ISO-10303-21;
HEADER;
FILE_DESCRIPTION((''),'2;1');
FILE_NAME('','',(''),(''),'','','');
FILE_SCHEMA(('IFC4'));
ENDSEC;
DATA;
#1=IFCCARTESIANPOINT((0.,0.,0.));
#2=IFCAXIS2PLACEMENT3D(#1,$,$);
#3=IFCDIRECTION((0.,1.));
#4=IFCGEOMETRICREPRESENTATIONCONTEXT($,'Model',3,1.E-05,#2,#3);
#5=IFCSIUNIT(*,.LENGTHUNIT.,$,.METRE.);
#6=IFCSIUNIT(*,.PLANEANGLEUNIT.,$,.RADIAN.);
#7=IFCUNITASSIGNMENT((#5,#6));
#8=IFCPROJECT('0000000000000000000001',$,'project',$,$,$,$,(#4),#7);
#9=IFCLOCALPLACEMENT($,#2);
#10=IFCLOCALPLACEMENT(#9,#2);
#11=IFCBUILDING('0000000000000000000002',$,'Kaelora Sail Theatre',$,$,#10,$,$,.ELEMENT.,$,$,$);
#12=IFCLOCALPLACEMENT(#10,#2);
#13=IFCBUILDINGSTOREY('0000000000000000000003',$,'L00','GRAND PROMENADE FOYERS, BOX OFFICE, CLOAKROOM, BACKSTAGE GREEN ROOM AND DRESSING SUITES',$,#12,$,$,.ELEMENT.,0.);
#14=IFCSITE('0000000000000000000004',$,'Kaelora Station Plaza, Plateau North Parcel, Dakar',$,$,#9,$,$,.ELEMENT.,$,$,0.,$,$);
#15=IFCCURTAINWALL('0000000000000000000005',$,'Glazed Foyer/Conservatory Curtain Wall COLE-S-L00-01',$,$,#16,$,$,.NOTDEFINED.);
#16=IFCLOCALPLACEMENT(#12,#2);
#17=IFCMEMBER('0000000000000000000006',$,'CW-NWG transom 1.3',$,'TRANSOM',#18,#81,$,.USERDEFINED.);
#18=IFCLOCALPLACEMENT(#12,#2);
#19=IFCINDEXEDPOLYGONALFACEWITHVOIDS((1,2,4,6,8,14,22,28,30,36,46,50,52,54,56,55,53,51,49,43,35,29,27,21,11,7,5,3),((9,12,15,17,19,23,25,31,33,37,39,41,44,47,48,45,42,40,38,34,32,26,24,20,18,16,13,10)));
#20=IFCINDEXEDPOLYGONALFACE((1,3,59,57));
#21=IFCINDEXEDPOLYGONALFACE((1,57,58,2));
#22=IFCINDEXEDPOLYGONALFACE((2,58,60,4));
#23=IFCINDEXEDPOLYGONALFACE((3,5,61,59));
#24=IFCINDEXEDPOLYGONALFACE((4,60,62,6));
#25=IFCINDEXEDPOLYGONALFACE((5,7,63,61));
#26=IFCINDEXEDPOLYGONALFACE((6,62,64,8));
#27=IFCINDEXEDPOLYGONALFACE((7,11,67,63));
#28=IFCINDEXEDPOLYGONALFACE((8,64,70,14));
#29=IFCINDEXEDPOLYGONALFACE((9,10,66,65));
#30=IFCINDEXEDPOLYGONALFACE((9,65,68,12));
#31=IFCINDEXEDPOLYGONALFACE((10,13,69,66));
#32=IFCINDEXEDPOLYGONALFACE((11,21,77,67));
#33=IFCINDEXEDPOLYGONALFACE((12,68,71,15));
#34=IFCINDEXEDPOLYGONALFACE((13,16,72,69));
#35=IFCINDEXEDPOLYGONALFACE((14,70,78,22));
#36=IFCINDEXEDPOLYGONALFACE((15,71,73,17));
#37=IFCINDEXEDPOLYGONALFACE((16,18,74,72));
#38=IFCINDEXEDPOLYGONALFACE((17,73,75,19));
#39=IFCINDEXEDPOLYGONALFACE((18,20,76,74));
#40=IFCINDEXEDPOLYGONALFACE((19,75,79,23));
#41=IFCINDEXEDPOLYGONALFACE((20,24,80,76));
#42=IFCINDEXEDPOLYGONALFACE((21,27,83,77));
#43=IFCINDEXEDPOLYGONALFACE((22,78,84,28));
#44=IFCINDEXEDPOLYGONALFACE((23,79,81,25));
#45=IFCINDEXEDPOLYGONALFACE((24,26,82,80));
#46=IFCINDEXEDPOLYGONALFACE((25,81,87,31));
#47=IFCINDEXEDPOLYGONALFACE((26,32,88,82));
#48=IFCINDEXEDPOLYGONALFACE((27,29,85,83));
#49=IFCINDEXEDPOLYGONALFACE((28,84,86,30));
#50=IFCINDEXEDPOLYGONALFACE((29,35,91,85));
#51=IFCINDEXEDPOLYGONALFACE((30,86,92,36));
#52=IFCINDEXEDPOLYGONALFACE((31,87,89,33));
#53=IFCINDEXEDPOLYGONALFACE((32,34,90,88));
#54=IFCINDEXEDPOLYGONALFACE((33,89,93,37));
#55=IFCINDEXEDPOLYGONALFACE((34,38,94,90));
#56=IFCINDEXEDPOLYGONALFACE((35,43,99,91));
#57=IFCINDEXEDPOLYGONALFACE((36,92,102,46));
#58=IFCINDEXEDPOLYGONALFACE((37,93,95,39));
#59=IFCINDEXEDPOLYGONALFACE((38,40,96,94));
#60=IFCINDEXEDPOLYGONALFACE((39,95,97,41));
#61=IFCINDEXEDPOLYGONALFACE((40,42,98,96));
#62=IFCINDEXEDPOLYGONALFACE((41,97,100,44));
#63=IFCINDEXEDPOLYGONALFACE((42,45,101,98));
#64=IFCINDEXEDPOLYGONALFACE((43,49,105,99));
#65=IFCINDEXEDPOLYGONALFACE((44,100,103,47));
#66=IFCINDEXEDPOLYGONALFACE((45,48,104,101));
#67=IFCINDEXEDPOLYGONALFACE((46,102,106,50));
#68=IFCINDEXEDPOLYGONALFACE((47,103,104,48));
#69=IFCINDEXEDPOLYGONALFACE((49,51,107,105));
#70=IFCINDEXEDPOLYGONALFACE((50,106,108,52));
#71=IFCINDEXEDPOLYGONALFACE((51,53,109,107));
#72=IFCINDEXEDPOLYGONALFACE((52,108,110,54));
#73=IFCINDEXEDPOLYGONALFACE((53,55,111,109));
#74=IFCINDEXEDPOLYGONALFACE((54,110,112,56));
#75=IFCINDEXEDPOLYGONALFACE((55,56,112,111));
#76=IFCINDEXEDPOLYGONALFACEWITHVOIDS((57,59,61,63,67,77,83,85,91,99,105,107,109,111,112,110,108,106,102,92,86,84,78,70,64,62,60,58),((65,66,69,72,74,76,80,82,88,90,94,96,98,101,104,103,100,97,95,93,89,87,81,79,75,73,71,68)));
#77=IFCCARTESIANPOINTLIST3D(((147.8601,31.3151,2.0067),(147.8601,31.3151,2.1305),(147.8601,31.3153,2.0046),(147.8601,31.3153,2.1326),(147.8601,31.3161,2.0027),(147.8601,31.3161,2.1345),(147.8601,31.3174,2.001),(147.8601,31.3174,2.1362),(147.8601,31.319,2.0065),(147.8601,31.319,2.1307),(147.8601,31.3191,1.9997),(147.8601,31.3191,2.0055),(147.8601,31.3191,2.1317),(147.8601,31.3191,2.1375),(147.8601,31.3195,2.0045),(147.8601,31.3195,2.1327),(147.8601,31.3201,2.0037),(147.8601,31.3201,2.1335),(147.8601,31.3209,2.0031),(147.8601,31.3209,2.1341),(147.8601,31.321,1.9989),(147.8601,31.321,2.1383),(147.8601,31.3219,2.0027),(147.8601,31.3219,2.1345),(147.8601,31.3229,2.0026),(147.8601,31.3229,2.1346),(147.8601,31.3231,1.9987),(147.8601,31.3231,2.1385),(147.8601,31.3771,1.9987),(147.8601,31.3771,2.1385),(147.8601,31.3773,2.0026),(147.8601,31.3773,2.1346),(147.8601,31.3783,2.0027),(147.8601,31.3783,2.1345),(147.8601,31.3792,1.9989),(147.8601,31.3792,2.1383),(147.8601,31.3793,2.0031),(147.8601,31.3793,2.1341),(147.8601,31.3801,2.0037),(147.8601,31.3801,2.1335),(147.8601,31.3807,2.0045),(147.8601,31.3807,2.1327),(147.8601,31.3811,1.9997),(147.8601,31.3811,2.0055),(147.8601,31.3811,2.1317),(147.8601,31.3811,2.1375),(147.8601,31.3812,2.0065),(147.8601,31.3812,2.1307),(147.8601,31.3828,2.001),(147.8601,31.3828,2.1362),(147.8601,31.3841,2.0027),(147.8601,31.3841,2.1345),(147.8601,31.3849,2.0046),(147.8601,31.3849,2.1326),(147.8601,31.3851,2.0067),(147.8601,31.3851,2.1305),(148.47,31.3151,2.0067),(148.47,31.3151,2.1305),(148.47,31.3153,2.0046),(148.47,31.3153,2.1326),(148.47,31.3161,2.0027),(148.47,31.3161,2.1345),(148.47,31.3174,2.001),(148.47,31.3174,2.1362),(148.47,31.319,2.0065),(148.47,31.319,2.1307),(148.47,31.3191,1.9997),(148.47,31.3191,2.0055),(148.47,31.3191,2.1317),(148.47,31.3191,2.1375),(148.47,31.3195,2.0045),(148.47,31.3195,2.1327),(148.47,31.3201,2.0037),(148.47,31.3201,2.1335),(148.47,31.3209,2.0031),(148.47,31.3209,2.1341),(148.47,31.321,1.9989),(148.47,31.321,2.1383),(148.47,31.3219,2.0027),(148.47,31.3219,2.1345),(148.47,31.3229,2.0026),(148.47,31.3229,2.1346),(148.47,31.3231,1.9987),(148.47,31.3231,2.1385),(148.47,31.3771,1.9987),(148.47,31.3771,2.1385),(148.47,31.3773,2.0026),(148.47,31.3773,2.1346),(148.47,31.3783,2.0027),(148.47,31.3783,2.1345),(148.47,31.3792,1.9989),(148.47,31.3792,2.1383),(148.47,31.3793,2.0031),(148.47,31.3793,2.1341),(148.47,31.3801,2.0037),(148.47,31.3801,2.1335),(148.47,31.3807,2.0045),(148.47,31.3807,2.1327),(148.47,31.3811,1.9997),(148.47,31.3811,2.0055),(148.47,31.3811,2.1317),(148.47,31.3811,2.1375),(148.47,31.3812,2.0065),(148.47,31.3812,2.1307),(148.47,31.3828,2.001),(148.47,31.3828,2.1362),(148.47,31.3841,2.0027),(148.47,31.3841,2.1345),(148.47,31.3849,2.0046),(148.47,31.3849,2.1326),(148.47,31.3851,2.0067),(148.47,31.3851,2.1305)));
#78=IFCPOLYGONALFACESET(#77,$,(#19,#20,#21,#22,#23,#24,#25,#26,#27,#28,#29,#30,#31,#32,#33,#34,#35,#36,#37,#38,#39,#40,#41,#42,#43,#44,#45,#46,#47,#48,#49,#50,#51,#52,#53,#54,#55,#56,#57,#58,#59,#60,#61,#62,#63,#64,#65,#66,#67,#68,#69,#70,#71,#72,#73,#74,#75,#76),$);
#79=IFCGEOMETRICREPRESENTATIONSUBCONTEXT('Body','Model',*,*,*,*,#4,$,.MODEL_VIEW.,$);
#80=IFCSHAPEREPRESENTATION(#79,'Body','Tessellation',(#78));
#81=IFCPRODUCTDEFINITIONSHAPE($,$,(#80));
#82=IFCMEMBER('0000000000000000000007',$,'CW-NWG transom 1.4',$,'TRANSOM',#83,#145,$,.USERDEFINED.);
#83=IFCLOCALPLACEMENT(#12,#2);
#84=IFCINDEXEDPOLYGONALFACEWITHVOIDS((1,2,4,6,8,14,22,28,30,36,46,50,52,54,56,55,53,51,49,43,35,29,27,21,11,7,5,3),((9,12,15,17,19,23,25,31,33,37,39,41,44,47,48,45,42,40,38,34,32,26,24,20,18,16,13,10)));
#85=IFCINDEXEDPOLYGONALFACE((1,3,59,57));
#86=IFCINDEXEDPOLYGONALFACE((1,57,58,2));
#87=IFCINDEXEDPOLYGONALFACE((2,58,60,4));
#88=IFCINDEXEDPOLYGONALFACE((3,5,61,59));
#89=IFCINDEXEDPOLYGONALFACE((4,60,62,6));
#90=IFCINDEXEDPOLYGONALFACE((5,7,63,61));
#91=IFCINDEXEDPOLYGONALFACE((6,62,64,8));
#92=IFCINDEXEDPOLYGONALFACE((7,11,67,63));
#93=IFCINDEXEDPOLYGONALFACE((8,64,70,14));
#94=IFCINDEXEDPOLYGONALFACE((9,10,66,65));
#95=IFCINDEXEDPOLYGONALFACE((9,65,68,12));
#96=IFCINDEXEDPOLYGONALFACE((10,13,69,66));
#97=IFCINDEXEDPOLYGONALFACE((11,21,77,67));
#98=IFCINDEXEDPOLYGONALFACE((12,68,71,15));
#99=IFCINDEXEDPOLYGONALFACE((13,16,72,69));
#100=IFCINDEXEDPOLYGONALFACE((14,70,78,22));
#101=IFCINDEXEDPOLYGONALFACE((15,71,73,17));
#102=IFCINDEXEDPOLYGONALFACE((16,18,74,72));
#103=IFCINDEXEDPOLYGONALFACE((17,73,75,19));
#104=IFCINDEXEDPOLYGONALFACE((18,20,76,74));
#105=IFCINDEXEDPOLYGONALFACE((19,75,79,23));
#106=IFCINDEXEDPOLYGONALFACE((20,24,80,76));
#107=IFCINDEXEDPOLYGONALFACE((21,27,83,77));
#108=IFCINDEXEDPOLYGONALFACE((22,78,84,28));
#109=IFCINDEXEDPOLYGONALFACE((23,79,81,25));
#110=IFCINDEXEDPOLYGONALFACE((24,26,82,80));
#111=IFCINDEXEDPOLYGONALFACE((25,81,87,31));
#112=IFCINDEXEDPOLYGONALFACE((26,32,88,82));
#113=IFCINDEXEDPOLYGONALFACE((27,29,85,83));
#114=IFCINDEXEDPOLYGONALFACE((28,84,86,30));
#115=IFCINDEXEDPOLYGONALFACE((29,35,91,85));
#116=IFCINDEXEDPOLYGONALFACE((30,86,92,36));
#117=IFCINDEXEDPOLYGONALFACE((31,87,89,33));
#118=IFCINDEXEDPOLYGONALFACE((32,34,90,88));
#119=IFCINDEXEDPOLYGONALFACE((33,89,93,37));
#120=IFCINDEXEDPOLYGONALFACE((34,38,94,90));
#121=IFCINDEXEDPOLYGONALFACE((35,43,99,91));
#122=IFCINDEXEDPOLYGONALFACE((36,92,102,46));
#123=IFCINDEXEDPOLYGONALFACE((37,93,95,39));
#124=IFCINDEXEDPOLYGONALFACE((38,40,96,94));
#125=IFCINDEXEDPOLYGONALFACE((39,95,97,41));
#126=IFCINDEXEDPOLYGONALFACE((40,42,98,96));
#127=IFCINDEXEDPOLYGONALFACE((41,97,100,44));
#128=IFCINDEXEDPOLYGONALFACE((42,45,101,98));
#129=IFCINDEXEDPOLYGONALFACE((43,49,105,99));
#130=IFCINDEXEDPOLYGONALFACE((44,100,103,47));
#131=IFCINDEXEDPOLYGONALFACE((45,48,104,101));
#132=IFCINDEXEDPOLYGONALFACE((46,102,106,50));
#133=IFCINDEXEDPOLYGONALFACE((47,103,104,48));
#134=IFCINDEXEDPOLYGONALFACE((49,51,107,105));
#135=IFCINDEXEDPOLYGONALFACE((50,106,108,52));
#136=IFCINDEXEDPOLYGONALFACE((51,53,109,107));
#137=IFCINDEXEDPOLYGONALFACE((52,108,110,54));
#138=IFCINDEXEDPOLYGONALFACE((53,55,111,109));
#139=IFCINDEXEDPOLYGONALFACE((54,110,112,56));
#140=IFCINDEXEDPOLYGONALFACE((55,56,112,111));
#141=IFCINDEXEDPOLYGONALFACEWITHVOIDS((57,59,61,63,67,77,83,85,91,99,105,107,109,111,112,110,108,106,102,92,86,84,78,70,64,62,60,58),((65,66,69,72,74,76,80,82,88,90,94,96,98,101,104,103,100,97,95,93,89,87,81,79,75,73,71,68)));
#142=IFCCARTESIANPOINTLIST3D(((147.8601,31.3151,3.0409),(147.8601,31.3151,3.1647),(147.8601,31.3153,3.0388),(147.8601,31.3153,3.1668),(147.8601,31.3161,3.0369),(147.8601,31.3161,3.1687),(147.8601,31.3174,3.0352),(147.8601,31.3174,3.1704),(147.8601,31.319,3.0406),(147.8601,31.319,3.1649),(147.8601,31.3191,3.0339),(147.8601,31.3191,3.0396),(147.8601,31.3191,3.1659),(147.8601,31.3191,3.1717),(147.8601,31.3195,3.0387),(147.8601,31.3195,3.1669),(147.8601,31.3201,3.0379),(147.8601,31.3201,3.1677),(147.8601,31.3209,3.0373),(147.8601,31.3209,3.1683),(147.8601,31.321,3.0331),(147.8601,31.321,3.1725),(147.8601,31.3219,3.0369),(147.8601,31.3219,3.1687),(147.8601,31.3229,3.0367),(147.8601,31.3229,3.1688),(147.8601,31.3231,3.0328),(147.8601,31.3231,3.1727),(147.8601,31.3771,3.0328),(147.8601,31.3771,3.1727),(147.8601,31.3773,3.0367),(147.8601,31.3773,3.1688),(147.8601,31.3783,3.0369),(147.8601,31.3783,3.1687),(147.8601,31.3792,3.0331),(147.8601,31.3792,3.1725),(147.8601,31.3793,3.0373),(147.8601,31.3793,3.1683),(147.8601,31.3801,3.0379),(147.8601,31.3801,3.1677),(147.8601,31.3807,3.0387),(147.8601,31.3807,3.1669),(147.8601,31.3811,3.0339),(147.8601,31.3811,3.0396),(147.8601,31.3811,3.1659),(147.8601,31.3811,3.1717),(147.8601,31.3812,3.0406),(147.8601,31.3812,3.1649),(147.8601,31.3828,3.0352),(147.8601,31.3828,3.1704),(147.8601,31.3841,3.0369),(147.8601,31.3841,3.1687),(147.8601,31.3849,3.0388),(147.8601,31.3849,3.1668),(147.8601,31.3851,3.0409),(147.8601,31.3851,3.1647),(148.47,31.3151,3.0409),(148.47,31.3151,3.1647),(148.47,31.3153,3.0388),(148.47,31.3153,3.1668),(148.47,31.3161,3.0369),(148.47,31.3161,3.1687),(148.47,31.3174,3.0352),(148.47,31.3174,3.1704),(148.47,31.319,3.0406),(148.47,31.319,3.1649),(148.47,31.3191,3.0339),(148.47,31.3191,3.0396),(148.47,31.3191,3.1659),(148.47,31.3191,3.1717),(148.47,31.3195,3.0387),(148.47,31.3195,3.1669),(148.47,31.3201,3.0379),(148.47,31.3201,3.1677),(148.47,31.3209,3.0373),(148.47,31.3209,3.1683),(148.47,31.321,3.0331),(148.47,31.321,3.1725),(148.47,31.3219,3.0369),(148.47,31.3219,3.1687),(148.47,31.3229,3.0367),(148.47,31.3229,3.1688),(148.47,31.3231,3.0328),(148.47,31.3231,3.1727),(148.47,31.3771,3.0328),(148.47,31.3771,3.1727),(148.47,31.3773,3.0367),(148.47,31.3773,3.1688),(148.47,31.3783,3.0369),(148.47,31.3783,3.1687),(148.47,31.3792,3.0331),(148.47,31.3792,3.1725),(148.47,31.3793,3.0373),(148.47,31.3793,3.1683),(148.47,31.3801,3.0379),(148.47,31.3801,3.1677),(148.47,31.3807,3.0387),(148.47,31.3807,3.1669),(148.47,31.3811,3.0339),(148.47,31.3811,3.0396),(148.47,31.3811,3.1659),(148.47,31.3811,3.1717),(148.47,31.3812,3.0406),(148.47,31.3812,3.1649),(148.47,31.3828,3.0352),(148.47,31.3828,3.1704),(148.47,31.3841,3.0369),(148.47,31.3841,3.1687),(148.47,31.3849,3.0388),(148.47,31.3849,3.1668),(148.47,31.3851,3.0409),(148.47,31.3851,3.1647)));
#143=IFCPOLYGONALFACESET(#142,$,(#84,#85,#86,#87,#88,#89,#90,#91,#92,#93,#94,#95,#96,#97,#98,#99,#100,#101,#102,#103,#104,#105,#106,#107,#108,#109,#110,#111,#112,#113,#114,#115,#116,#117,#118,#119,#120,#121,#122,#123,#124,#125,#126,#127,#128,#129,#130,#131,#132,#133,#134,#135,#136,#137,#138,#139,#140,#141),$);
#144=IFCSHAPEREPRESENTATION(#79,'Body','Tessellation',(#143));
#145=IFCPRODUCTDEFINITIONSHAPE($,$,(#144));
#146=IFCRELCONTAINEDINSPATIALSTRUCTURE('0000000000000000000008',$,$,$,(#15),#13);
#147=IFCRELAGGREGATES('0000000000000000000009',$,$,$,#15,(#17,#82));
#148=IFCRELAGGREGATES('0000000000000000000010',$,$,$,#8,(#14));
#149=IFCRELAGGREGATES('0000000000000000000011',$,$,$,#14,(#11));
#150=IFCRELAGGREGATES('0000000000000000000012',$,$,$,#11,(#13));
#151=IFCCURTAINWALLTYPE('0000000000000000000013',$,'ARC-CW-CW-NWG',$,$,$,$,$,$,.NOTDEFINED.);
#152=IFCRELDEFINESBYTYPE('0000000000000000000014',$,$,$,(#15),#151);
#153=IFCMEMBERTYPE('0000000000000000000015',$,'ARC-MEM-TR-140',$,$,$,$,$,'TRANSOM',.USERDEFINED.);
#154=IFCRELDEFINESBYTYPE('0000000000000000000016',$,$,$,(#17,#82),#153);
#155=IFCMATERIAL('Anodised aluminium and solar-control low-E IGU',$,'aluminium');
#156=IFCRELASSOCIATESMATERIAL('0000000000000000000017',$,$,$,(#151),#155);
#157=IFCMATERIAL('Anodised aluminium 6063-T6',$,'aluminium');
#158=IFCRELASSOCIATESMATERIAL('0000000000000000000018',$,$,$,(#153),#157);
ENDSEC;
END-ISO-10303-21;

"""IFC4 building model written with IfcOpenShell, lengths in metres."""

from ifc_helpers import new_model, si_unit, direction, frame, origin, origin_2d, place, context, subcontext, project, spatial, hollow_rectangle, extrude, material, material_profile, profile_set, type_object, element, aggregate, save


model = new_model("IFC4")

# Units and contexts
model_context = context("Model", 3, precision=1e-05, world=origin(), true_north=direction((0.0, 1.0)))
body_context = subcontext(model_context, "Body", "Model", "MODEL_VIEW")
ifc_project = project(units=[si_unit("LENGTHUNIT", "METRE"), si_unit("PLANEANGLEUNIT", "RADIAN")], contexts=[model_context])

# Site, building, storey
site_placement = place(None, origin())
site = spatial("IfcSite", under=ifc_project, at=site_placement, Name="Kaelora Station Plaza, Plateau North Parcel, Dakar", CompositionType="ELEMENT", RefElevation=0.0)
building_placement = place(site_placement, origin())
building = spatial("IfcBuilding", under=site, at=building_placement, Name="Kaelora Sail Theatre", CompositionType="ELEMENT")
storey_placement = place(building_placement, origin())
storey = spatial("IfcBuildingStorey", under=building, at=storey_placement, Name="L00", Description="GRAND PROMENADE FOYERS, BOX OFFICE, CLOAKROOM, BACKSTAGE GREEN ROOM AND DRESSING SUITES", CompositionType="ELEMENT", Elevation=0.0)

# Curtain wall
ifc_material_1 = material(Name="Anodised aluminium and solar-control low-E IGU", Category="aluminium")
curtain_wall_type = type_object("IfcCurtainWallType", Name="ARC-CW-CW-NWG", PredefinedType="NOTDEFINED", material=ifc_material_1)
curtain_wall_placement = place(storey_placement, origin())
curtain_wall = element("IfcCurtainWall", 1, at=curtain_wall_placement, inside=storey, type_object=curtain_wall_type, Name="Glazed Foyer/Conservatory Curtain Wall COLE-S-L00-01", PredefinedType="NOTDEFINED")

# Members
ifc_material_2 = material(Name="Anodised aluminium 6063-T6", Category="aluminium")
ifc_material_profile_1 = material_profile(ifc_material_2, hollow_rectangle(XDim=0.0701, YDim=0.1399, WallThickness=0.0039, InnerFilletRadius=0.0039, OuterFilletRadius=0.0081, at=origin_2d()), Name="ALU-TRAN 70x140x4")
ifc_profile_set_1 = profile_set([ifc_material_profile_1], Name="Anodised aluminium 6063-T6")
member_type_1 = type_object("IfcMemberType", Name="ARC-MEM-TR-140", ElementType="TRANSOM", PredefinedType="USERDEFINED", material=ifc_profile_set_1)
member_1_placement = place(storey_placement, frame((147.8601, 31.3501, 2.0686), z_axis=(1.0, 0.0, 0.0), x_axis=(0.0, 1.0, 0.0)))
member_1 = element("IfcMember", 2, at=member_1_placement, type_object=member_type_1, Name="CW-NWG transom 1.3", ObjectType="TRANSOM", PredefinedType="USERDEFINED", context=body_context, shape_type="SweptSolid", body=[
    extrude(hollow_rectangle(XDim=0.0701, YDim=0.1399, WallThickness=0.0039, InnerFilletRadius=0.0039, OuterFilletRadius=0.0081, at=origin_2d()), origin(), (0.0, 0.0, 1.0), 0.6099),
])
member_2_placement = place(storey_placement, frame((147.8601, 31.3501, 3.1028), z_axis=(1.0, 0.0, 0.0), x_axis=(0.0, 1.0, 0.0)))
member_2 = element("IfcMember", 3, at=member_2_placement, type_object=member_type_1, Name="CW-NWG transom 1.4", ObjectType="TRANSOM", PredefinedType="USERDEFINED", context=body_context, shape_type="SweptSolid", body=[
    extrude(hollow_rectangle(XDim=0.0701, YDim=0.1399, WallThickness=0.0039, InnerFilletRadius=0.0039, OuterFilletRadius=0.0081, at=origin_2d()), origin(), (0.0, 0.0, 1.0), 0.6099),
])

aggregate(curtain_wall, [member_1, member_2])

save(model, "model.ifc")
